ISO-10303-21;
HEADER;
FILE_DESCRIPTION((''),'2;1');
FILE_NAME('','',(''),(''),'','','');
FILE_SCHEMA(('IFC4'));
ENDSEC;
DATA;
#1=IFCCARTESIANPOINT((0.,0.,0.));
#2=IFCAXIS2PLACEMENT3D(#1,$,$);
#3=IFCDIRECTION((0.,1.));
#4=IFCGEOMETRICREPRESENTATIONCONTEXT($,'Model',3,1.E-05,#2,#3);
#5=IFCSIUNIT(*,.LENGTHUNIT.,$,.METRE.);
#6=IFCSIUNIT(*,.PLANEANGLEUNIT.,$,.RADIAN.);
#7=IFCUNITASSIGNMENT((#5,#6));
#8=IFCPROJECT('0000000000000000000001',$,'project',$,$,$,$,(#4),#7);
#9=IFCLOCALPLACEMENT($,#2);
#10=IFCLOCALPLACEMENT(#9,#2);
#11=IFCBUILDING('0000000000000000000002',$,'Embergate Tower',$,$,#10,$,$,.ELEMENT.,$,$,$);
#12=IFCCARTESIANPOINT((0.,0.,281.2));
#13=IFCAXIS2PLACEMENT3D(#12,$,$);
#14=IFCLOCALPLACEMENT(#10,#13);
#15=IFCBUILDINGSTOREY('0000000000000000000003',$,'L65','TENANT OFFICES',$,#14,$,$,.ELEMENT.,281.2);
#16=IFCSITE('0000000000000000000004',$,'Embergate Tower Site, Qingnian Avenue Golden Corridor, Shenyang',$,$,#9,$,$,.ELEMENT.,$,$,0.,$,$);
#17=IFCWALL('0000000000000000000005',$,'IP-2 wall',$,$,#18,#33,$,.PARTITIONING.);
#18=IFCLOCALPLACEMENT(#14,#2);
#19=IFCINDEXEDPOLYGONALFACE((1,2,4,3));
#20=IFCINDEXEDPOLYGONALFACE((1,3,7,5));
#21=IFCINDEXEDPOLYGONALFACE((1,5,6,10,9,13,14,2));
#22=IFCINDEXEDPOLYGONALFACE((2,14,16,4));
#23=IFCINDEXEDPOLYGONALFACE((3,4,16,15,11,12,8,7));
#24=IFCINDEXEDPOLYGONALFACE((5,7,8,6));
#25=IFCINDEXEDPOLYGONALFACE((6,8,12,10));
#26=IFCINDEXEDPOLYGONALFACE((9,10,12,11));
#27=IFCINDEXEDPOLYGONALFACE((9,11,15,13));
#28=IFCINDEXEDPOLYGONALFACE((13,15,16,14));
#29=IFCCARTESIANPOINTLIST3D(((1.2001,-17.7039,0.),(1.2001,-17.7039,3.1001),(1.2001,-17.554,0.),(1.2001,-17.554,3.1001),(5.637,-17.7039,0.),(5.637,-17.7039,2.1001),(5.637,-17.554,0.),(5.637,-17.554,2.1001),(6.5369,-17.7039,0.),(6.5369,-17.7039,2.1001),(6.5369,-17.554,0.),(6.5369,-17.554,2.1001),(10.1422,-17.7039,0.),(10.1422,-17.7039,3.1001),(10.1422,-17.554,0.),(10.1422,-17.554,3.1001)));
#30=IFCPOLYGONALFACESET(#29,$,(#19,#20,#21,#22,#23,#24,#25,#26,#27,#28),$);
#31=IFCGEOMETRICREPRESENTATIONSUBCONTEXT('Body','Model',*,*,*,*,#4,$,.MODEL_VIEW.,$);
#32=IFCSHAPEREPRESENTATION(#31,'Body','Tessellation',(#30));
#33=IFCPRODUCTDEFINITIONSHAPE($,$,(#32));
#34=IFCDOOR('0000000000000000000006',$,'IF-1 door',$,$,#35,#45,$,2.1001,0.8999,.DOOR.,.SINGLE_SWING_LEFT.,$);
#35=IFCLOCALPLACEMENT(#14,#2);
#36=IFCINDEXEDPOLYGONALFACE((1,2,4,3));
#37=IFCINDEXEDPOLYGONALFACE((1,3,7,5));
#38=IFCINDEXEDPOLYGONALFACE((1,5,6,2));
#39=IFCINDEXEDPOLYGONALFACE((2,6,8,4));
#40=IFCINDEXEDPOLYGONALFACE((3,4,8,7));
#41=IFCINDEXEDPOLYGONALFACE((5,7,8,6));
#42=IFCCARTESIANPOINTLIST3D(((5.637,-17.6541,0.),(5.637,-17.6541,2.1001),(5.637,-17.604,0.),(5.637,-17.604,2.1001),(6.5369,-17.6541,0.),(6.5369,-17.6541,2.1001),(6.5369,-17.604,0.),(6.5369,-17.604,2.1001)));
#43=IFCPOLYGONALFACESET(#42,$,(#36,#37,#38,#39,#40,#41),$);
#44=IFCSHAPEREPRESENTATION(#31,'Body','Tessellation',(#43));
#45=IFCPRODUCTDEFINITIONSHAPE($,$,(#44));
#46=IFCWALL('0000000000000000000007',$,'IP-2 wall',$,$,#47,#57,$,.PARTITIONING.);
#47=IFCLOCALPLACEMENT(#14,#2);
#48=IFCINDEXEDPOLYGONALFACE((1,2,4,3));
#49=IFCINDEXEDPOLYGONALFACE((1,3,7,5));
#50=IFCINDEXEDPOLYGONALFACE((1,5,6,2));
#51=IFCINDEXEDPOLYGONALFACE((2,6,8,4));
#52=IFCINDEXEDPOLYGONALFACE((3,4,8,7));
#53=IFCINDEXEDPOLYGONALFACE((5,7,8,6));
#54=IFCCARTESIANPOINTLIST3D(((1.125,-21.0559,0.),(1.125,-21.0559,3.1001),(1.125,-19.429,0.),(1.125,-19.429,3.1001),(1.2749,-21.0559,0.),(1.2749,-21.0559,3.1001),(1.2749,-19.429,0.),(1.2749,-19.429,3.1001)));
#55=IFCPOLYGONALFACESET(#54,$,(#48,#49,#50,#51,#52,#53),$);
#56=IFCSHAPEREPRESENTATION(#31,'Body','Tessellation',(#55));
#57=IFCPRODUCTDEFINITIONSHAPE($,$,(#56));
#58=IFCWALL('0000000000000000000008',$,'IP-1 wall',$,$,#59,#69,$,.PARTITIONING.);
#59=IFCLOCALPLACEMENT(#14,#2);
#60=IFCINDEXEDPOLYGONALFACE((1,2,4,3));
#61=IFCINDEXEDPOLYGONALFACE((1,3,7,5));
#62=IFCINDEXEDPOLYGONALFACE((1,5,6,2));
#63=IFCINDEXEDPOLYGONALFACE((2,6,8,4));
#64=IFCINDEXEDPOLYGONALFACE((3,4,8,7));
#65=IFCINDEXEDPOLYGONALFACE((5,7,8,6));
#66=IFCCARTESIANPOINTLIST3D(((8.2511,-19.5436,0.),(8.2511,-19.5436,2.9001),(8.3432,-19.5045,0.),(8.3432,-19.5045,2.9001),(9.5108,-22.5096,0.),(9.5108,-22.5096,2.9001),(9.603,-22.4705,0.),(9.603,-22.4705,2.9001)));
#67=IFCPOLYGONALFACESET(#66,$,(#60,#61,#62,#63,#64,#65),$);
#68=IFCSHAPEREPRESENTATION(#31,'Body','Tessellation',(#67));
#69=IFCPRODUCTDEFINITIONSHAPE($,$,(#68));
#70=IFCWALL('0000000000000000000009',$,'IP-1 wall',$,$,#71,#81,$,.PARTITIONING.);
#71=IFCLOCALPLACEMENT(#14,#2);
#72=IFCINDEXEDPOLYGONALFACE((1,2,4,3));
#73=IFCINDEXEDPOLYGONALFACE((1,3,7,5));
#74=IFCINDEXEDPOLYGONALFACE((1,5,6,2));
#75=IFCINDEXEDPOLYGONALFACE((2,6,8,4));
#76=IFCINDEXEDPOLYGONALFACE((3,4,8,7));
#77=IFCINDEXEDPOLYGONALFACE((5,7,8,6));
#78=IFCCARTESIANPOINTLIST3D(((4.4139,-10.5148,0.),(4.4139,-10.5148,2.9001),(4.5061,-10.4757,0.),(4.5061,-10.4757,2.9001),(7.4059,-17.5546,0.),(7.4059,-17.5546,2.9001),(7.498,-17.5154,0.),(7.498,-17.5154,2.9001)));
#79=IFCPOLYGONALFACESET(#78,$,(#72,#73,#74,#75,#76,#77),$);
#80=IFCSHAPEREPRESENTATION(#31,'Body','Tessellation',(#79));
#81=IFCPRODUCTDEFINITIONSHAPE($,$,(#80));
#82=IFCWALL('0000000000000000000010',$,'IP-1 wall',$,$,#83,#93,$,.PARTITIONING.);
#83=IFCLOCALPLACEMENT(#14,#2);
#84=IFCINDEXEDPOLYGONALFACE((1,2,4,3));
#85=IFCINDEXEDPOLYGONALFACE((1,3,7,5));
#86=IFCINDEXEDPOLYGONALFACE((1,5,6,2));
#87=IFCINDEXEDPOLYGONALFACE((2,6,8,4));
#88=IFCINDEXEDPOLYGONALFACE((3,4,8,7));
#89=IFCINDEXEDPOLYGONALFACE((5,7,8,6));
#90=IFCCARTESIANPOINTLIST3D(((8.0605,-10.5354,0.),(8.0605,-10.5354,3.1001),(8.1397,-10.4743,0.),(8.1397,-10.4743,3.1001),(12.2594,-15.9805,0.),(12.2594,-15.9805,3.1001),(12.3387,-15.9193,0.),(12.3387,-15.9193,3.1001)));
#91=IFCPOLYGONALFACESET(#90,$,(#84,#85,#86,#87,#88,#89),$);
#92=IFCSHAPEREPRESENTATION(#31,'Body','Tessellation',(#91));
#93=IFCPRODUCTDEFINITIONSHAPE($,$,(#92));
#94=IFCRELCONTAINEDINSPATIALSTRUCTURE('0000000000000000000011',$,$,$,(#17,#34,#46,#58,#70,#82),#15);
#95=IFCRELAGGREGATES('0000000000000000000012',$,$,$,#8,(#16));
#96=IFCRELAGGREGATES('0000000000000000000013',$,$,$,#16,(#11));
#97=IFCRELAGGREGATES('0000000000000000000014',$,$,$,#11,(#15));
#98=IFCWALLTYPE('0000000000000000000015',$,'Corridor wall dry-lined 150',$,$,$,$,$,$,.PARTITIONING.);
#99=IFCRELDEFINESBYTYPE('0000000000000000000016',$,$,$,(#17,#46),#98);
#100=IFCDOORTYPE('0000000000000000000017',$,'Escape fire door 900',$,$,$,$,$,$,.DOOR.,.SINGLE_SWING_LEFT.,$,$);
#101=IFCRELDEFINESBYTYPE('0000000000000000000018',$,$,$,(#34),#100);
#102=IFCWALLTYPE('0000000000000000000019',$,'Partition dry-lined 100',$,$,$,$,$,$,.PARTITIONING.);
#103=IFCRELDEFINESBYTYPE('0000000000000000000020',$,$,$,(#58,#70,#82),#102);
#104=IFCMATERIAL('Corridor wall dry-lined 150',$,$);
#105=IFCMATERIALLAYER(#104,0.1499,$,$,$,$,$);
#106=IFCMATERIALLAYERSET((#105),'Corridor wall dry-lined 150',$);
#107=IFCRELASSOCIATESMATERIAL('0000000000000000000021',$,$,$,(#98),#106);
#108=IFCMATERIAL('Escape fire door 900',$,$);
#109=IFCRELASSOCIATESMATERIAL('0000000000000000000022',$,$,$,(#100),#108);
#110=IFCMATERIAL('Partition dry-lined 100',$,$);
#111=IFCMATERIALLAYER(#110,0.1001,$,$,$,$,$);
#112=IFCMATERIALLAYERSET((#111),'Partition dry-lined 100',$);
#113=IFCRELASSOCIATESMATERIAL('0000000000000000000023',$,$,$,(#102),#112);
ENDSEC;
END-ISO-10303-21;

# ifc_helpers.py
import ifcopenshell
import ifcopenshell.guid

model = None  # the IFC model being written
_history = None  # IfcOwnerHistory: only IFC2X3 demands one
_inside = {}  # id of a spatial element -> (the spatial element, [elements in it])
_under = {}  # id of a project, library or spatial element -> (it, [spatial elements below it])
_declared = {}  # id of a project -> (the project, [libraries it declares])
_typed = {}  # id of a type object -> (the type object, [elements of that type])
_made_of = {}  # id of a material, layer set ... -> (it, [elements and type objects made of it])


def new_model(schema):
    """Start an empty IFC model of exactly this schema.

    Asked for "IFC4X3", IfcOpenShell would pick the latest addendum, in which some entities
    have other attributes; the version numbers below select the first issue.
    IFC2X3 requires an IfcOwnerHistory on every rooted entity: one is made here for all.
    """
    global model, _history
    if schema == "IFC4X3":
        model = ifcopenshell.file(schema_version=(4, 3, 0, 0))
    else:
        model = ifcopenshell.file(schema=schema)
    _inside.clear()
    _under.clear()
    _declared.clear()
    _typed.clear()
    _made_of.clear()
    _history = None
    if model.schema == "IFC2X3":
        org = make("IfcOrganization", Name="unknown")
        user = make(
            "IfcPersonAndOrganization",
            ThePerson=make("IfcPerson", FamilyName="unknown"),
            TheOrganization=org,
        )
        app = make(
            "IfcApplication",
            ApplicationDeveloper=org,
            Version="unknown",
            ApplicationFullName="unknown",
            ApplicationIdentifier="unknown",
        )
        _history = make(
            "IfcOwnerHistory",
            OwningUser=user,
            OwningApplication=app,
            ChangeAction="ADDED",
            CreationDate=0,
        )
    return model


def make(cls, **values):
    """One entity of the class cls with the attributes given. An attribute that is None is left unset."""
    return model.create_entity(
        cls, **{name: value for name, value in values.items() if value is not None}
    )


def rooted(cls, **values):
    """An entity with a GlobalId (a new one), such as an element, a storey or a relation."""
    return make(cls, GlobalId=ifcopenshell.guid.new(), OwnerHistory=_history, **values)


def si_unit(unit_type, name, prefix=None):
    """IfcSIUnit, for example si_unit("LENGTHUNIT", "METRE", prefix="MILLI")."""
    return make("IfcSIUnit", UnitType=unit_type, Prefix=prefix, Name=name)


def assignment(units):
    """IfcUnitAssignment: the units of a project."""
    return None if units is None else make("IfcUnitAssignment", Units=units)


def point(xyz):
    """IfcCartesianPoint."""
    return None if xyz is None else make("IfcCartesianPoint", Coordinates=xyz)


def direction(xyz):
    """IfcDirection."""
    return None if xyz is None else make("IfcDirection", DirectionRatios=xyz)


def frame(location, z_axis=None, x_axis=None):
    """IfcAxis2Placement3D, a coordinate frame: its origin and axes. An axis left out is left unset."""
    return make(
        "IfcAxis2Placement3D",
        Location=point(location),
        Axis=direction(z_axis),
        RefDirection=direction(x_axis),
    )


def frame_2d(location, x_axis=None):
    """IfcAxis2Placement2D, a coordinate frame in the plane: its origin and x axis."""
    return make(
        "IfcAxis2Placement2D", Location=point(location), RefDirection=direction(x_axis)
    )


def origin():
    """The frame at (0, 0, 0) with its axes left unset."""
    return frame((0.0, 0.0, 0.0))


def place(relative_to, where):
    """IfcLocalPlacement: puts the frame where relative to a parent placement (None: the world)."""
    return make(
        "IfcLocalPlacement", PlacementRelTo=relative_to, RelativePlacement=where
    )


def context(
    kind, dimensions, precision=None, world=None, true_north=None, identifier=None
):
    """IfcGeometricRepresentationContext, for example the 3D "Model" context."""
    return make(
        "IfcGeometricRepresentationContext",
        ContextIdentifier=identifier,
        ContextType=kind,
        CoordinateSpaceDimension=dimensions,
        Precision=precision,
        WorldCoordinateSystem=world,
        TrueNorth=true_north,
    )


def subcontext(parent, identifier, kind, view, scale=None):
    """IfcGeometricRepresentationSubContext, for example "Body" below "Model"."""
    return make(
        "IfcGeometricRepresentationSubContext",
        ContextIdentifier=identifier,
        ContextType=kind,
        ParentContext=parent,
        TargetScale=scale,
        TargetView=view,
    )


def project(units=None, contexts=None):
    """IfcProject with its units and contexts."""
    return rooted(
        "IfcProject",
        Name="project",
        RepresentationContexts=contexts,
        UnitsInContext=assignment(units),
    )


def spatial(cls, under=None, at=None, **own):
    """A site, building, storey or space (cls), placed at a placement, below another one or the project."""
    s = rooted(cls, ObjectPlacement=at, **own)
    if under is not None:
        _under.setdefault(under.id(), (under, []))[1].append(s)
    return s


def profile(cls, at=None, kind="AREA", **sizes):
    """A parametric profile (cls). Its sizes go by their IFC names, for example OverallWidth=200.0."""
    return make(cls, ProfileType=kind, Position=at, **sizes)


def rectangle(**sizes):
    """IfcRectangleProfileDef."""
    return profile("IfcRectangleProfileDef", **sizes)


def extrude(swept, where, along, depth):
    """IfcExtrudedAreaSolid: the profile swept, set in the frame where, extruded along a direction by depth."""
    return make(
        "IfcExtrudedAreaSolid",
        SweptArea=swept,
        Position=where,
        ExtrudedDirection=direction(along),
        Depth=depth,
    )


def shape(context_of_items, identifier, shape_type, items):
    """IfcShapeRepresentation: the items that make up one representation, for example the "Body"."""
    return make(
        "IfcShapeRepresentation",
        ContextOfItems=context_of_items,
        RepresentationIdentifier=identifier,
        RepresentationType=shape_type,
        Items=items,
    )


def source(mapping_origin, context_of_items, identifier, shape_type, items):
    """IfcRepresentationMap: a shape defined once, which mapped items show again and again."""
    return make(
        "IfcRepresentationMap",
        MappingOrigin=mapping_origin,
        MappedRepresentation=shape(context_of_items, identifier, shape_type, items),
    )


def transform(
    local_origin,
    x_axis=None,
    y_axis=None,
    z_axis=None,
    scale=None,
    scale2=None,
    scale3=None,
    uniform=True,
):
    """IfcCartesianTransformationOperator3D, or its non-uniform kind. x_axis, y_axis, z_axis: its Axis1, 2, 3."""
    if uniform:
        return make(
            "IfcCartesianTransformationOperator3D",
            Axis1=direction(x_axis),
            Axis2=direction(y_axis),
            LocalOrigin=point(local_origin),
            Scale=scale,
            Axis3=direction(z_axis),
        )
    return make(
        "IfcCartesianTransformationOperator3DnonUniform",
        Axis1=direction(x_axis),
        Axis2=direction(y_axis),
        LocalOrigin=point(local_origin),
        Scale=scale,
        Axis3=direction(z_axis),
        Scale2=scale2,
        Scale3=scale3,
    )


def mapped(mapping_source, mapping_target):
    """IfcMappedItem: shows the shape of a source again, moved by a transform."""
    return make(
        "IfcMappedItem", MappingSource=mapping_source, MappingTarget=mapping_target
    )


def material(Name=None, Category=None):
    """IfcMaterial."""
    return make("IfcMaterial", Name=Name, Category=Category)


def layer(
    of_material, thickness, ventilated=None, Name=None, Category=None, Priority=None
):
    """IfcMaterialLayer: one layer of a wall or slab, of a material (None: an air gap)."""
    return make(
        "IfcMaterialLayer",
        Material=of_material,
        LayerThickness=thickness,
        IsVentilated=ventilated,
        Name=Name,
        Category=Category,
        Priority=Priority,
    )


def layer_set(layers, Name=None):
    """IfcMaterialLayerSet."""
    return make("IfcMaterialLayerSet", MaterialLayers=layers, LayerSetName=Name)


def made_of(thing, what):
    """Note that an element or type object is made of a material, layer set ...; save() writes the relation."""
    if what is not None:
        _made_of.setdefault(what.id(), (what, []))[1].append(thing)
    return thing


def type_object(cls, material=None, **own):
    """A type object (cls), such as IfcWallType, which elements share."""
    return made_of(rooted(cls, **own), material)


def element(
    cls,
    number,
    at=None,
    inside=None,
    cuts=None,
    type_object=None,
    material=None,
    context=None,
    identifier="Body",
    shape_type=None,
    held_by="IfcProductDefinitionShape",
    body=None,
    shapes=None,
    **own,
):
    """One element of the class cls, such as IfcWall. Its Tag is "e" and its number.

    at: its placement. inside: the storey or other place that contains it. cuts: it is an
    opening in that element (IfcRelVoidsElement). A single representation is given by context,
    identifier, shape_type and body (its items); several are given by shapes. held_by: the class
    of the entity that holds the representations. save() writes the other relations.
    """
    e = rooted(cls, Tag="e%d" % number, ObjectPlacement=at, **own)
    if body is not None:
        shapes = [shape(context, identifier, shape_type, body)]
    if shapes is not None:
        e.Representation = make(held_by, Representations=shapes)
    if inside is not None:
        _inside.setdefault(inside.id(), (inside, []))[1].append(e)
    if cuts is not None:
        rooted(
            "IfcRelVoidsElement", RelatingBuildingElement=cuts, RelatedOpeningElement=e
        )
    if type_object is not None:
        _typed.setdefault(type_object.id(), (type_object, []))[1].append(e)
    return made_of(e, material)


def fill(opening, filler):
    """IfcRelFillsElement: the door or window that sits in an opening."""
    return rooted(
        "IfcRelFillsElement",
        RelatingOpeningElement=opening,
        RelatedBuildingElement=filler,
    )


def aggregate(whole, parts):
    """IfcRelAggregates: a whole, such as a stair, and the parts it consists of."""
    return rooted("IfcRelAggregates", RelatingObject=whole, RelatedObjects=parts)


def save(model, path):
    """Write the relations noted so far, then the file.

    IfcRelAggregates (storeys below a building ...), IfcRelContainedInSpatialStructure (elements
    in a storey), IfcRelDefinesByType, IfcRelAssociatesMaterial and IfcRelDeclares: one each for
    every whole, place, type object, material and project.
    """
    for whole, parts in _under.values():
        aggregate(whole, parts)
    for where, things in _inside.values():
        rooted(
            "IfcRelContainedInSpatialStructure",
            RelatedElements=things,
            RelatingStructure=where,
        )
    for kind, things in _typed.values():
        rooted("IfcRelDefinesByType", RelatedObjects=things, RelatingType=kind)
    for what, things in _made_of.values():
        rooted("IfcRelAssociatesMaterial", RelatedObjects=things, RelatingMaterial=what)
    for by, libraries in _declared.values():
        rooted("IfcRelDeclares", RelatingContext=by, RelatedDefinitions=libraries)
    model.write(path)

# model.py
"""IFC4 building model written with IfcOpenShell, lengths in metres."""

from ifc_helpers import new_model, si_unit, direction, frame, frame_2d, origin, place, context, subcontext, project, spatial, rectangle, extrude, source, transform, mapped, material, layer, layer_set, type_object, element, fill, save


model = new_model("IFC4")

# Units and contexts
model_context = context("Model", 3, precision=1e-05, world=origin(), true_north=direction((0.0, 1.0)))
body_context = subcontext(model_context, "Body", "Model", "MODEL_VIEW")
ifc_project = project(units=[si_unit("LENGTHUNIT", "METRE"), si_unit("PLANEANGLEUNIT", "RADIAN")], contexts=[model_context])

# Site, building, storey
site_placement = place(None, origin())
site = spatial("IfcSite", under=ifc_project, at=site_placement, Name="Embergate Tower Site, Qingnian Avenue Golden Corridor, Shenyang", CompositionType="ELEMENT", RefElevation=0.0)
building_placement = place(site_placement, origin())
building = spatial("IfcBuilding", under=site, at=building_placement, Name="Embergate Tower", CompositionType="ELEMENT")
storey_placement = place(building_placement, frame((0.0, 0.0, 281.2)))
storey = spatial("IfcBuildingStorey", under=building, at=storey_placement, Name="L65", Description="TENANT OFFICES", CompositionType="ELEMENT", Elevation=281.2)

# Shared definitions
ifc_material_1 = material(Name="Corridor wall dry-lined 150")
ifc_layer_1 = layer(ifc_material_1, 0.1499)
ifc_layer_set_1 = layer_set([ifc_layer_1], Name="Corridor wall dry-lined 150")
wall_type_1 = type_object("IfcWallType", Name="Corridor wall dry-lined 150", PredefinedType="PARTITIONING", material=ifc_layer_set_1)

# Shared definitions
shared_shape_1 = source(origin(), body_context, "Body", "SweptSolid", [
    extrude(rectangle(XDim=0.8999, YDim=2.1001, at=frame_2d((0.45, 1.05))), frame((0.0, 0.085, 0.0), z_axis=(0.0, -1.0, 0.0), x_axis=(1.0, 0.0, 0.0)), (0.0, 0.0, 1.0), 0.1699),
])
ifc_material_2 = material(Name="Escape fire door 900")
door_type_1 = type_object("IfcDoorType", Name="Escape fire door 900", OperationType="SINGLE_SWING_LEFT", PredefinedType="DOOR", material=ifc_material_2)
shared_shape_2 = source(origin(), body_context, "Body", "SweptSolid", [
    extrude(rectangle(XDim=0.8999, YDim=2.1001, at=frame_2d((0.45, 1.05))), frame((0.0, 0.0249, 0.0), z_axis=(0.0, -1.0, 0.0), x_axis=(1.0, 0.0, 0.0)), (0.0, 0.0, 1.0), 0.05),
])

# Wall, opening, door
shared_shape_3 = source(origin(), body_context, "Body", "SweptSolid", [
    extrude(rectangle(XDim=8.9421, YDim=0.1499, at=frame_2d((4.4712, 0.0))), origin(), (0.0, 0.0, 1.0), 3.1001),
])
wall_1_placement = place(storey_placement, frame((1.2, -17.6289, 0.0), z_axis=(0.0, 0.0, 1.0), x_axis=(1.0, 0.0, 0.0)))
wall_1 = element("IfcWall", 1, at=wall_1_placement, inside=storey, type_object=wall_type_1, Name="IP-2 wall", PredefinedType="PARTITIONING", context=body_context, shape_type="MappedRepresentation", body=[
    mapped(shared_shape_3, transform((0.0, 0.0, 0.0))),
])
opening_1_placement = place(wall_1_placement, frame((4.437, 0.0, 0.0)))
opening_1 = element("IfcOpeningElement", 2, at=opening_1_placement, cuts=wall_1, PredefinedType="OPENING", context=body_context, shape_type="MappedRepresentation", body=[
    mapped(shared_shape_1, transform((0.0, 0.0, 0.0))),
])
door_1_placement = place(opening_1_placement, origin())
door_1 = element("IfcDoor", 3, at=door_1_placement, inside=storey, type_object=door_type_1, Name="IF-1 door", OperationType="SINGLE_SWING_LEFT", OverallHeight=2.1001, OverallWidth=0.8999, PredefinedType="DOOR", context=body_context, shape_type="MappedRepresentation", body=[
    mapped(shared_shape_2, transform((0.0, 0.0, 0.0))),
])
fill(opening_1, door_1)

# Walls
shared_shape_4 = source(origin(), body_context, "Body", "SweptSolid", [
    extrude(rectangle(XDim=1.627, YDim=0.1499, at=frame_2d((0.8135, 0.0))), origin(), (0.0, 0.0, 1.0), 3.1001),
])
wall_2_placement = place(storey_placement, frame((1.2, -19.429, 0.0), z_axis=(0.0, 0.0, 1.0), x_axis=(0.0, -1.0, 0.0)))
element("IfcWall", 4, at=wall_2_placement, inside=storey, type_object=wall_type_1, Name="IP-2 wall", PredefinedType="PARTITIONING", context=body_context, shape_type="MappedRepresentation", body=[
    mapped(shared_shape_4, transform((0.0, 0.0, 0.0))),
])
ifc_material_3 = material(Name="Partition dry-lined 100")
ifc_layer_2 = layer(ifc_material_3, 0.1001)
ifc_layer_set_2 = layer_set([ifc_layer_2], Name="Partition dry-lined 100")
wall_type_2 = type_object("IfcWallType", Name="Partition dry-lined 100", PredefinedType="PARTITIONING", material=ifc_layer_set_2)
shared_shape_5 = source(origin(), body_context, "Body", "SweptSolid", [
    extrude(rectangle(XDim=3.2224, YDim=0.1001, at=frame_2d((1.6113, 0.0))), origin(), (0.0, 0.0, 1.0), 2.9001),
])
wall_3_placement = place(storey_placement, frame((8.2971, -19.5239, 0.0), z_axis=(0.0, 0.0, 1.0), x_axis=(0.390927, -0.920422, 0.0)))
element("IfcWall", 5, at=wall_3_placement, inside=storey, type_object=wall_type_2, Name="IP-1 wall", PredefinedType="PARTITIONING", context=body_context, shape_type="MappedRepresentation", body=[
    mapped(shared_shape_5, transform((0.0, 0.0, 0.0))),
])
shared_shape_6 = source(origin(), body_context, "Body", "SweptSolid", [
    extrude(rectangle(XDim=7.6492, YDim=0.1001, at=frame_2d((3.8247, 0.0))), origin(), (0.0, 0.0, 1.0), 2.9001),
])
wall_4_placement = place(storey_placement, frame((4.46, -10.4951, 0.0), z_axis=(0.0, 0.0, 1.0), x_axis=(0.391144, -0.920329, 0.0)))
element("IfcWall", 6, at=wall_4_placement, inside=storey, type_object=wall_type_2, Name="IP-1 wall", PredefinedType="PARTITIONING", context=body_context, shape_type="MappedRepresentation", body=[
    mapped(shared_shape_6, transform((0.0, 0.0, 0.0))),
])
shared_shape_7 = source(origin(), body_context, "Body", "SweptSolid", [
    extrude(rectangle(XDim=6.876, YDim=0.1001, at=frame_2d((3.438, 0.0))), origin(), (0.0, 0.0, 1.0), 3.1001),
])
wall_5_placement = place(storey_placement, frame((8.1001, -10.5049, 0.0), z_axis=(0.0, 0.0, 1.0), x_axis=(0.610666, -0.791888, 0.0)))
element("IfcWall", 7, at=wall_5_placement, inside=storey, type_object=wall_type_2, Name="IP-1 wall", PredefinedType="PARTITIONING", context=body_context, shape_type="MappedRepresentation", body=[
    mapped(shared_shape_7, transform((0.0, 0.0, 0.0))),
])

save(model, "model.ifc")
